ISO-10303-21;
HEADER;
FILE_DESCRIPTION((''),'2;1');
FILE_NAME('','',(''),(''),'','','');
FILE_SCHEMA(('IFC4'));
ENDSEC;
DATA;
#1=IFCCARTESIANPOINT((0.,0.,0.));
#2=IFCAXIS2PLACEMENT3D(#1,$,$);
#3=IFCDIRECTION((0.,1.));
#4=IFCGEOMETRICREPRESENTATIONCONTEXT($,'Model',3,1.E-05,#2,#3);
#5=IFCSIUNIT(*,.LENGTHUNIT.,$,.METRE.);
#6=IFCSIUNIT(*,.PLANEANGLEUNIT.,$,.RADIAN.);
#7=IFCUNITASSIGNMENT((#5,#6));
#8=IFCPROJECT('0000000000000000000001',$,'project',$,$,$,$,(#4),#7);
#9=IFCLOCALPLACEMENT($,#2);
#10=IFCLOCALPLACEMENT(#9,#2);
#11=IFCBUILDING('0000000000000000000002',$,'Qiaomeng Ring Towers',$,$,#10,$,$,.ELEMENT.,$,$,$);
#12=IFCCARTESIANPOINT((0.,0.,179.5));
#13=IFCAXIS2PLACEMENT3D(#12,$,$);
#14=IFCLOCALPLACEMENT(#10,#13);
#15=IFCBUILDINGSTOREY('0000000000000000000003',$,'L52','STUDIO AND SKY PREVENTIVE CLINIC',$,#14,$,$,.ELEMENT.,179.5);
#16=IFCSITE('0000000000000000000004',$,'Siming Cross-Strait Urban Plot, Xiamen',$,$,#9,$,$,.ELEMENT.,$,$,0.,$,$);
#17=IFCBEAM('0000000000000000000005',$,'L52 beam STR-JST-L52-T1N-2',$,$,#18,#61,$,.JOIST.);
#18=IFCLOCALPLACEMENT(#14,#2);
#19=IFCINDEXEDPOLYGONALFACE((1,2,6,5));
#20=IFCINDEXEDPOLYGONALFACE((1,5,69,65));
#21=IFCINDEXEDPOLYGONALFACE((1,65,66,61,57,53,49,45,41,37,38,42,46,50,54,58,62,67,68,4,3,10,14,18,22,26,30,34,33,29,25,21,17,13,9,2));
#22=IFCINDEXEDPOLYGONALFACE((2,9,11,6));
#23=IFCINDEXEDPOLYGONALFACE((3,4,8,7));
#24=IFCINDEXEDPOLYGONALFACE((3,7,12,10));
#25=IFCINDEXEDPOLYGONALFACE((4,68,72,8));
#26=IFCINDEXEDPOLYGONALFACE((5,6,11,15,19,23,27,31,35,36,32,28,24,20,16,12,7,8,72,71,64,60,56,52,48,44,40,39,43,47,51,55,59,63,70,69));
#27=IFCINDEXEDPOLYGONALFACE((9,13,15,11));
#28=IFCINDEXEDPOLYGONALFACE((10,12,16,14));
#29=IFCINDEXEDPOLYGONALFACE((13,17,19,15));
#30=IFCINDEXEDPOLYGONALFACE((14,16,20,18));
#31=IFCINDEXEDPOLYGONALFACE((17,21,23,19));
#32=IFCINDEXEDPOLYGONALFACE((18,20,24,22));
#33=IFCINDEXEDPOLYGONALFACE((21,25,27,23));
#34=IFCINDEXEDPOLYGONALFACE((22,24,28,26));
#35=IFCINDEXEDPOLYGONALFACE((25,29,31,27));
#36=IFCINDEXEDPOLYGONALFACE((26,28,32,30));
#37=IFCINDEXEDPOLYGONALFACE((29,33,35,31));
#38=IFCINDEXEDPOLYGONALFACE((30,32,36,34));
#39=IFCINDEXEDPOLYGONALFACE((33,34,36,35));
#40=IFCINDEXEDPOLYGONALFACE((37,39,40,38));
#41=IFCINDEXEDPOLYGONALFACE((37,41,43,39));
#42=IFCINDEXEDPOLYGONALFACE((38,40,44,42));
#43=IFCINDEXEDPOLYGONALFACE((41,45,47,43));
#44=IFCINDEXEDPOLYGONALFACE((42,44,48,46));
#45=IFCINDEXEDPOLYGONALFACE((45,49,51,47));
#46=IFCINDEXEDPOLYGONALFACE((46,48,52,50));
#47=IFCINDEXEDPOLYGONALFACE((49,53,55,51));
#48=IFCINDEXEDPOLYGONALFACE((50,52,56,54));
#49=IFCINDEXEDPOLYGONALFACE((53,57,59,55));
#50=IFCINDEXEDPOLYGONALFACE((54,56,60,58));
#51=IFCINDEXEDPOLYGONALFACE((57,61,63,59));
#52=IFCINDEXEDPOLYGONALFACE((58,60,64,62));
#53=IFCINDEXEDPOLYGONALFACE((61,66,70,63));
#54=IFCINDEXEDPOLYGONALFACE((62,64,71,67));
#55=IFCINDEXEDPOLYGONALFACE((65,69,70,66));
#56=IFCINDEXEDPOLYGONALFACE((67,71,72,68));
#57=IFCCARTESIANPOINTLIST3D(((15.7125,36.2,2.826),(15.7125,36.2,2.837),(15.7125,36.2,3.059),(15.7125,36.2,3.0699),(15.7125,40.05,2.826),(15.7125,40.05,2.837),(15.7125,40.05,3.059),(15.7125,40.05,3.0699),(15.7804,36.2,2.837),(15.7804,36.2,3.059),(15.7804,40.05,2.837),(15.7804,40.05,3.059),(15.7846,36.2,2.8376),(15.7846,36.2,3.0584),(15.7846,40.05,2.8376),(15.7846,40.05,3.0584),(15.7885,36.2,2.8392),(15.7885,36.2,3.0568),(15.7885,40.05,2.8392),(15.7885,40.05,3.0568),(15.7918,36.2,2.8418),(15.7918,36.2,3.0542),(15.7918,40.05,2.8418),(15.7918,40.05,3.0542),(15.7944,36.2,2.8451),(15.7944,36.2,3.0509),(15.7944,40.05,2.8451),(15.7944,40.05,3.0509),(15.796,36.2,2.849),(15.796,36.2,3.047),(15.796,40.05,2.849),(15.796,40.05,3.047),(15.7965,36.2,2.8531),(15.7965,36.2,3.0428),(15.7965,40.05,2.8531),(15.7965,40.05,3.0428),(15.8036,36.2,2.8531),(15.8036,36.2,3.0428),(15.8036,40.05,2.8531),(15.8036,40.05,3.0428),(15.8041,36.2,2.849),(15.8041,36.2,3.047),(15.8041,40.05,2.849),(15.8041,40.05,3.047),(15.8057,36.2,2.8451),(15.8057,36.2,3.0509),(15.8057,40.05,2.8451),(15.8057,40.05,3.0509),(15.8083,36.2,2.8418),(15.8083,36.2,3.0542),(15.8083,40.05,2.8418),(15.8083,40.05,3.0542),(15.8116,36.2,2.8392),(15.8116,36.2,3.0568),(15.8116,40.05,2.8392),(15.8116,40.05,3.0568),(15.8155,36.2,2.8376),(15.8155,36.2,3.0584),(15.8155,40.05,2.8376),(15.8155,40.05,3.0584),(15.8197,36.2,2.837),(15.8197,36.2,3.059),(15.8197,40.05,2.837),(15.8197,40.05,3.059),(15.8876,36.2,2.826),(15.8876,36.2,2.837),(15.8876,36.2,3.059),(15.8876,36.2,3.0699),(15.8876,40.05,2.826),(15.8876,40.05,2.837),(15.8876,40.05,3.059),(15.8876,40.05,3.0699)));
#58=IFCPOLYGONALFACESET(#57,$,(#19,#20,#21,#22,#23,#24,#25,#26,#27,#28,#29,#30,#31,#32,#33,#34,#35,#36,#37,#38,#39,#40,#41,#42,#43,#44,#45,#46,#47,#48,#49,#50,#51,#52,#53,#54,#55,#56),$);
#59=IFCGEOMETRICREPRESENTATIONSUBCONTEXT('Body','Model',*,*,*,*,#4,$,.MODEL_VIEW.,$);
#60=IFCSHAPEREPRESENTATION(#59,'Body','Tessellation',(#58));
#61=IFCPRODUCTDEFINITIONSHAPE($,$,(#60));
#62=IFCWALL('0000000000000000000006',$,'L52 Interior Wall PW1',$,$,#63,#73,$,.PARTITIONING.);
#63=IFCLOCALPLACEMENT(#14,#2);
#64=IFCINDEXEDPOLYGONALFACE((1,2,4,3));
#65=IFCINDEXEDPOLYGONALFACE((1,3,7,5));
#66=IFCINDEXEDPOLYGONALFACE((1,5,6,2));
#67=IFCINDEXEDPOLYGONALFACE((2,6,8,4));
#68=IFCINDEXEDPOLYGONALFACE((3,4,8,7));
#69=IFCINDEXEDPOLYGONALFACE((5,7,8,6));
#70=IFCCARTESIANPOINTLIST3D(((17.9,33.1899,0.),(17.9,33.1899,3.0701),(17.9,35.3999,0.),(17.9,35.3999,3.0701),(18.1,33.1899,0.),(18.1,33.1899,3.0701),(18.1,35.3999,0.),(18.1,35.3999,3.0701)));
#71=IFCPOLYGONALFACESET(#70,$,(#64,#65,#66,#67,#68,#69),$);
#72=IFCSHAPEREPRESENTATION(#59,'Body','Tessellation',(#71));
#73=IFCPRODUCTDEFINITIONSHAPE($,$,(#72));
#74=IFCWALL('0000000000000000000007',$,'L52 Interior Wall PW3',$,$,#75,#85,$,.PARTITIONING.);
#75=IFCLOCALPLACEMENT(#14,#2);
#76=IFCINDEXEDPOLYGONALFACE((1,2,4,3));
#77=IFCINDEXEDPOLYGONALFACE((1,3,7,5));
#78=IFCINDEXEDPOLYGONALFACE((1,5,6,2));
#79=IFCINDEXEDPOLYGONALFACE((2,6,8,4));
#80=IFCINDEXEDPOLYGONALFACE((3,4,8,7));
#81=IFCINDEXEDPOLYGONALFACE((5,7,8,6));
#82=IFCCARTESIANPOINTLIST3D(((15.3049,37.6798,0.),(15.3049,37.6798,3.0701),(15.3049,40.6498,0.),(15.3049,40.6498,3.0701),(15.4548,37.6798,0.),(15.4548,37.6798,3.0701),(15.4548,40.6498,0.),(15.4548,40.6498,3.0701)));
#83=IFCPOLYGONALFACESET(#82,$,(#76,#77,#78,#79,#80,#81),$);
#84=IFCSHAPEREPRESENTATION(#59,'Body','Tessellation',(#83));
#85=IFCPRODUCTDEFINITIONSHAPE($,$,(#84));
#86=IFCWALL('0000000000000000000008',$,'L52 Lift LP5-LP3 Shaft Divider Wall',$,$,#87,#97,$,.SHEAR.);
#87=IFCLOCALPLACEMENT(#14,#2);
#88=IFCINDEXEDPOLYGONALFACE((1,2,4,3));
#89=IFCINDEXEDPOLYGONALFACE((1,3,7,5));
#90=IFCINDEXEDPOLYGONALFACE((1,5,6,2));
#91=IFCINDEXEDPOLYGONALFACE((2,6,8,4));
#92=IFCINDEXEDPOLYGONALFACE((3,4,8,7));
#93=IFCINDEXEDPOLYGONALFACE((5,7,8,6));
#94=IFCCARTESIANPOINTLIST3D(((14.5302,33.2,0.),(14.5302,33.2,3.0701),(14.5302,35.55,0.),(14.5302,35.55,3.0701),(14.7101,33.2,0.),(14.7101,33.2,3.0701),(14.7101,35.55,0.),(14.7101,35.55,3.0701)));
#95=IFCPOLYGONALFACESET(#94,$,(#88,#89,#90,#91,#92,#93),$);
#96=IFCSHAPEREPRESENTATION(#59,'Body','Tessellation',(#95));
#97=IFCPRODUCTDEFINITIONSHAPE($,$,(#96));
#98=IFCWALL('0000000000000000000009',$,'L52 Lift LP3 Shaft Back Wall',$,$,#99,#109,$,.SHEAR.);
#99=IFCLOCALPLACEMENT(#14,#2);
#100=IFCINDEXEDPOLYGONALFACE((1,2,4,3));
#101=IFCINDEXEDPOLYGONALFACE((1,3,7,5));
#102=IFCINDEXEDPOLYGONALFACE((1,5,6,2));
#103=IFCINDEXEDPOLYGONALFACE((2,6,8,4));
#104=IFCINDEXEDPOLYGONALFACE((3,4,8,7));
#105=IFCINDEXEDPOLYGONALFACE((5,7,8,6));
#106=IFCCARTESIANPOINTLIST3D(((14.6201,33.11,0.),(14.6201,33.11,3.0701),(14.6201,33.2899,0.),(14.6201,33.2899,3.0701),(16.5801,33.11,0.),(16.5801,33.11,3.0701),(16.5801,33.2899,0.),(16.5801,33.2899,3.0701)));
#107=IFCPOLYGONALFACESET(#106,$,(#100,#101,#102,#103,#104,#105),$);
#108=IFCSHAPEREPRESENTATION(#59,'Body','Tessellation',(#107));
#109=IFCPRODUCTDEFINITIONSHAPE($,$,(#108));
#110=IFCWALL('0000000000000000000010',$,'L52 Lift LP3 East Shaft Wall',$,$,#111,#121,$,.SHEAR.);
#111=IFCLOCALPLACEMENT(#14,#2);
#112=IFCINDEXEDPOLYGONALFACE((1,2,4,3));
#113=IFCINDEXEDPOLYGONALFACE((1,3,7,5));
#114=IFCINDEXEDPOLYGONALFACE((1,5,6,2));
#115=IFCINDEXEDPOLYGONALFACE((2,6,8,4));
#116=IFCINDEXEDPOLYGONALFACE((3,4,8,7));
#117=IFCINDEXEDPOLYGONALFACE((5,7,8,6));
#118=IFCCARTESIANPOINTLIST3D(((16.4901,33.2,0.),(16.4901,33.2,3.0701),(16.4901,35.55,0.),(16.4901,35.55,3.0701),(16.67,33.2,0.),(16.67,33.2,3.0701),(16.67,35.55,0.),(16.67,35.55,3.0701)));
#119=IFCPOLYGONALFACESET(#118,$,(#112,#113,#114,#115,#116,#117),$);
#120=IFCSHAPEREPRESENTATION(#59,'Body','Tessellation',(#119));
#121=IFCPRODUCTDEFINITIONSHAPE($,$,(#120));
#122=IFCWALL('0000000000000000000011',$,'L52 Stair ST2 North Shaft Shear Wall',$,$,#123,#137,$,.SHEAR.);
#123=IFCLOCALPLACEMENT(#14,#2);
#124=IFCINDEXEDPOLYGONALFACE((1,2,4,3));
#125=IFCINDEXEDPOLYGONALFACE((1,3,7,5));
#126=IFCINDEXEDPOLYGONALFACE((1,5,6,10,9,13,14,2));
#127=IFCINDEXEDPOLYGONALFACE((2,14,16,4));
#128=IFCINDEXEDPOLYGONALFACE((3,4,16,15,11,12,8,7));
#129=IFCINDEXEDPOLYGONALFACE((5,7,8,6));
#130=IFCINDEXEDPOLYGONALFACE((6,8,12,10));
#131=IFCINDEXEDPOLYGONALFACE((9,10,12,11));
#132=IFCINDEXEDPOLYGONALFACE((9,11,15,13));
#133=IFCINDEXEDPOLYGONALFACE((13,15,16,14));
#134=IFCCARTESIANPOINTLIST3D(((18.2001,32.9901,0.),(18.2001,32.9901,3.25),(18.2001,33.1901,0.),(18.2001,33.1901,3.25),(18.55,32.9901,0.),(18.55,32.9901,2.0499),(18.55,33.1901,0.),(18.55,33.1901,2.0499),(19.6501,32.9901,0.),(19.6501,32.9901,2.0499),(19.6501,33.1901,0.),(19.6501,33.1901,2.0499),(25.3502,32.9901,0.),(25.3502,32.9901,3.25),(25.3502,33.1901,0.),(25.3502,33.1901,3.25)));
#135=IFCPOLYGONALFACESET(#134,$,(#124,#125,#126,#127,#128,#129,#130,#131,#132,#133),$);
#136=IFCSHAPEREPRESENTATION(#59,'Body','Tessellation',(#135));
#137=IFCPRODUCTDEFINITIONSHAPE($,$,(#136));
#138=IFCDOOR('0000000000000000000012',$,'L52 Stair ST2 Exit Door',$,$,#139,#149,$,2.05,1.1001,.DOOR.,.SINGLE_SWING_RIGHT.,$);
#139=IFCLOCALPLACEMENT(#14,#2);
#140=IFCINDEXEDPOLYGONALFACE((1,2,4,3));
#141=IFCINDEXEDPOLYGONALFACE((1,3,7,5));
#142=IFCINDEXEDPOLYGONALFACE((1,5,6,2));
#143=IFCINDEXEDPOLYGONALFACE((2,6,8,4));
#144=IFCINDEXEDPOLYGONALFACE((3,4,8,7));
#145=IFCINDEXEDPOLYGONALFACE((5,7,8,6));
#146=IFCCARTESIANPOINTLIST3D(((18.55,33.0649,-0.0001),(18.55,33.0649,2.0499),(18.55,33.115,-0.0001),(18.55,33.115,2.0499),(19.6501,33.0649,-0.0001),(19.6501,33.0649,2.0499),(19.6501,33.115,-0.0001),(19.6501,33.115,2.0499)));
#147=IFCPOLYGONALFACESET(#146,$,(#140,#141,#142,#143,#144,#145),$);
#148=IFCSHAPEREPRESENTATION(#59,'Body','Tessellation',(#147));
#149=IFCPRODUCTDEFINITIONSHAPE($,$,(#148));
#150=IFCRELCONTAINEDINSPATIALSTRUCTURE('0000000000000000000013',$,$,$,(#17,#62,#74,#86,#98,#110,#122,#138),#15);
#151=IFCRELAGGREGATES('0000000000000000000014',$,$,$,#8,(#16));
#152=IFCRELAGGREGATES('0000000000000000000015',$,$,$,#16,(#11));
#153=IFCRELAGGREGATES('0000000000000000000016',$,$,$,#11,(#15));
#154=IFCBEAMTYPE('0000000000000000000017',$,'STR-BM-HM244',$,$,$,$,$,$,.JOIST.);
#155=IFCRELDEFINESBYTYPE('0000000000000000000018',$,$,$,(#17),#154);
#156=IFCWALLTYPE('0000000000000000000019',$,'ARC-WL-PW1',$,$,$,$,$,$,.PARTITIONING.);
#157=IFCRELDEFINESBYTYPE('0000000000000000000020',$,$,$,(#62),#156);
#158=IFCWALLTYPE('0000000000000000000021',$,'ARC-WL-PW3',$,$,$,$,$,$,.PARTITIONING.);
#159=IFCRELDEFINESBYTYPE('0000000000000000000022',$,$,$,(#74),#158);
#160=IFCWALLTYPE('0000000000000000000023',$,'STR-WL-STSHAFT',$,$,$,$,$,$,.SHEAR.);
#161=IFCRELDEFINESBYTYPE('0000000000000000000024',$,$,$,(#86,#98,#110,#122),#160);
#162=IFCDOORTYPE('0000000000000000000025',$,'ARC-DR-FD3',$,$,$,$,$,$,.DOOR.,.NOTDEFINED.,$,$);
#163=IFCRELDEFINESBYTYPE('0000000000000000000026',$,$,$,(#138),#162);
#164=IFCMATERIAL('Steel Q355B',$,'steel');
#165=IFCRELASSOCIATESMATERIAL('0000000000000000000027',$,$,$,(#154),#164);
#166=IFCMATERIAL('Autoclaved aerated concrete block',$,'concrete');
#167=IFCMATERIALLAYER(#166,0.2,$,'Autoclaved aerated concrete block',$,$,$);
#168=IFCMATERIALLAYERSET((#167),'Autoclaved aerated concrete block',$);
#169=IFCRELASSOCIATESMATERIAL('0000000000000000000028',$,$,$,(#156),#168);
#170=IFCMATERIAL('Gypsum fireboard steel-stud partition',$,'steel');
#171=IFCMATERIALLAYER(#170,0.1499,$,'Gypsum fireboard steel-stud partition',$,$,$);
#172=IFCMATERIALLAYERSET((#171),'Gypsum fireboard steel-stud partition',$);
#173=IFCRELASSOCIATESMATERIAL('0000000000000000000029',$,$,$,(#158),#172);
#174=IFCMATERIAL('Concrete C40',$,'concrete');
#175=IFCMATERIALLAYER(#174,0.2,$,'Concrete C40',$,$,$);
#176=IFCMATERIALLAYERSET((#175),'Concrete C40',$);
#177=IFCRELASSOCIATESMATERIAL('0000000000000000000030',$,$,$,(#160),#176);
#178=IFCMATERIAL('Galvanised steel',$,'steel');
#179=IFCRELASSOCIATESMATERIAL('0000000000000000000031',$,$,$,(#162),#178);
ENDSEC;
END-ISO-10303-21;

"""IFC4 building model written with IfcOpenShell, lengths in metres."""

from ifc_helpers import new_model, si_unit, direction, frame, frame_2d, origin, origin_2d, place, context, subcontext, project, spatial, rectangle, i_section, extrude, source, transform, mapped, material, layer, layer_set, material_profile, profile_set, type_object, element, fill, save


model = new_model("IFC4")

# Units and contexts
model_context = context("Model", 3, precision=1e-05, world=origin(), true_north=direction((0.0, 1.0)))
body_context = subcontext(model_context, "Body", "Model", "MODEL_VIEW")
ifc_project = project(units=[si_unit("LENGTHUNIT", "METRE"), si_unit("PLANEANGLEUNIT", "RADIAN")], contexts=[model_context])

# Site, building, storey
site_placement = place(None, origin())
site = spatial("IfcSite", under=ifc_project, at=site_placement, Name="Siming Cross-Strait Urban Plot, Xiamen", CompositionType="ELEMENT", RefElevation=0.0)
building_placement = place(site_placement, origin())
building = spatial("IfcBuilding", under=site, at=building_placement, Name="Qiaomeng Ring Towers", CompositionType="ELEMENT")
storey_placement = place(building_placement, frame((0.0, 0.0, 179.5)))
storey = spatial("IfcBuildingStorey", under=building, at=storey_placement, Name="L52", Description="STUDIO AND SKY PREVENTIVE CLINIC", CompositionType="ELEMENT", Elevation=179.5)

# Beam
ifc_material_1 = material(Name="Steel Q355B", Category="steel")
ifc_material_profile = material_profile(ifc_material_1, i_section(OverallWidth=0.175, OverallDepth=0.2439, WebThickness=0.0071, FlangeThickness=0.011, FilletRadius=0.0161, at=origin_2d()), Name="HM 244x175x7x11")
ifc_profile_set = profile_set([ifc_material_profile], Name="Steel Q355B")
beam_type = type_object("IfcBeamType", Name="STR-BM-HM244", PredefinedType="JOIST", material=ifc_profile_set)
shared_shape_1 = source(origin(), body_context, "Body", "SweptSolid", [
    extrude(i_section(OverallWidth=0.175, OverallDepth=0.2439, WebThickness=0.0071, FlangeThickness=0.011, FilletRadius=0.0161, at=origin_2d()), origin(), (0.0, 0.0, 1.0), 3.8501),
])
beam_placement = place(storey_placement, frame((15.8, 36.2, 2.948), z_axis=(0.0, 1.0, 0.0), x_axis=(-1.0, 0.0, 0.0)))
element("IfcBeam", 1, at=beam_placement, inside=storey, type_object=beam_type, Name="L52 beam STR-JST-L52-T1N-2", PredefinedType="JOIST", context=body_context, shape_type="MappedRepresentation", body=[
    mapped(shared_shape_1, transform((0.0, 0.0, 0.0), x_axis=(1.0, 0.0, 0.0), y_axis=(0.0, 1.0, 0.0), z_axis=(0.0, 0.0, 1.0), scale=1.0)),
])

# Walls
ifc_material_2 = material(Name="Autoclaved aerated concrete block", Category="concrete")
ifc_layer_1 = layer(ifc_material_2, 0.2, Name="Autoclaved aerated concrete block")
ifc_layer_set_1 = layer_set([ifc_layer_1], Name="Autoclaved aerated concrete block")
wall_type_1 = type_object("IfcWallType", Name="ARC-WL-PW1", PredefinedType="PARTITIONING", material=ifc_layer_set_1)
wall_1_placement = place(storey_placement, frame((18.0, 33.1899, 0.0), z_axis=(0.0, 0.0, 1.0), x_axis=(0.0, 1.0, 0.0)))
element("IfcWall", 2, at=wall_1_placement, inside=storey, type_object=wall_type_1, Name="L52 Interior Wall PW1", PredefinedType="PARTITIONING", context=body_context, shape_type="SweptSolid", body=[
    extrude(rectangle(XDim=2.21, YDim=0.2, at=frame_2d((1.105, 0.0))), origin(), (0.0, 0.0, 1.0), 3.0701),
])
ifc_material_3 = material(Name="Gypsum fireboard steel-stud partition", Category="steel")
ifc_layer_2 = layer(ifc_material_3, 0.1499, Name="Gypsum fireboard steel-stud partition")
ifc_layer_set_2 = layer_set([ifc_layer_2], Name="Gypsum fireboard steel-stud partition")
wall_type_2 = type_object("IfcWallType", Name="ARC-WL-PW3", PredefinedType="PARTITIONING", material=ifc_layer_set_2)
wall_2_placement = place(storey_placement, frame((15.3799, 37.6799, 0.0), z_axis=(0.0, 0.0, 1.0), x_axis=(0.0, 1.0, 0.0)))
element("IfcWall", 3, at=wall_2_placement, inside=storey, type_object=wall_type_2, Name="L52 Interior Wall PW3", PredefinedType="PARTITIONING", context=body_context, shape_type="SweptSolid", body=[
    extrude(rectangle(XDim=2.97, YDim=0.1499, at=frame_2d((1.4849, 0.0))), origin(), (0.0, 0.0, 1.0), 3.0701),
])
ifc_material_4 = material(Name="Concrete C40", Category="concrete")
ifc_layer_3 = layer(ifc_material_4, 0.2, Name="Concrete C40")
ifc_layer_set_3 = layer_set([ifc_layer_3], Name="Concrete C40")
wall_type_3 = type_object("IfcWallType", Name="STR-WL-STSHAFT", PredefinedType="SHEAR", material=ifc_layer_set_3)
wall_3_placement = place(storey_placement, frame((14.6201, 33.2, 0.0), z_axis=(0.0, 0.0, 1.0), x_axis=(0.0, 1.0, 0.0)))
element("IfcWall", 4, at=wall_3_placement, inside=storey, type_object=wall_type_3, Name="L52 Lift LP5-LP3 Shaft Divider Wall", PredefinedType="SHEAR", context=body_context, shape_type="SweptSolid", body=[
    extrude(rectangle(XDim=2.3501, YDim=0.1799, at=frame_2d((1.175, 0.0))), origin(), (0.0, 0.0, 1.0), 3.0701),
])
wall_4_placement = place(storey_placement, frame((14.6201, 33.2, 0.0), z_axis=(0.0, 0.0, 1.0), x_axis=(1.0, 0.0, 0.0)))
element("IfcWall", 5, at=wall_4_placement, inside=storey, type_object=wall_type_3, Name="L52 Lift LP3 Shaft Back Wall", PredefinedType="SHEAR", context=body_context, shape_type="SweptSolid", body=[
    extrude(rectangle(XDim=1.96, YDim=0.1799, at=frame_2d((0.98, 0.0))), origin(), (0.0, 0.0, 1.0), 3.0701),
])
wall_5_placement = place(storey_placement, frame((16.5801, 33.2, 0.0), z_axis=(0.0, 0.0, 1.0), x_axis=(0.0, 1.0, 0.0)))
element("IfcWall", 6, at=wall_5_placement, inside=storey, type_object=wall_type_3, Name="L52 Lift LP3 East Shaft Wall", PredefinedType="SHEAR", context=body_context, shape_type="SweptSolid", body=[
    extrude(rectangle(XDim=2.3501, YDim=0.1799, at=frame_2d((1.175, 0.0))), origin(), (0.0, 0.0, 1.0), 3.0701),
])

# Wall, opening, door
wall_6_placement = place(storey_placement, frame((18.2, 33.0901, 0.0), z_axis=(0.0, 0.0, 1.0), x_axis=(1.0, 0.0, 0.0)))
wall_6 = element("IfcWall", 7, at=wall_6_placement, inside=storey, type_object=wall_type_3, Name="L52 Stair ST2 North Shaft Shear Wall", PredefinedType="SHEAR", context=body_context, shape_type="SweptSolid", body=[
    extrude(rectangle(XDim=7.1501, YDim=0.2, at=frame_2d((3.5752, 0.0))), origin(), (0.0, 0.0, 1.0), 3.25),
])
opening_placement = place(wall_6_placement, frame((0.3501, 0.0, 0.0)))
opening = element("IfcOpeningElement", 8, at=opening_placement, cuts=wall_6, PredefinedType="OPENING", context=body_context, shape_type="SweptSolid", body=[
    extrude(rectangle(XDim=1.1001, YDim=2.05, at=frame_2d((0.55, 1.0249))), frame((0.0, 0.1099, 0.0), z_axis=(0.0, -1.0, 0.0), x_axis=(1.0, 0.0, 0.0)), (0.0, 0.0, 1.0), 0.22),
])
ifc_material_5 = material(Name="Galvanised steel", Category="steel")
door_type = type_object("IfcDoorType", Name="ARC-DR-FD3", OperationType="NOTDEFINED", PredefinedType="DOOR", material=ifc_material_5)
shared_shape_2 = source(origin(), body_context, "Body", "SweptSolid", [
    extrude(rectangle(XDim=1.1001, YDim=2.05, at=frame_2d((0.55, 1.0249))), frame((0.0, 0.0249, 0.0), z_axis=(0.0, -1.0, 0.0), x_axis=(1.0, 0.0, 0.0)), (0.0, 0.0, 1.0), 0.05),
])
door_placement = place(opening_placement, origin())
door = element("IfcDoor", 9, at=door_placement, inside=storey, type_object=door_type, Name="L52 Stair ST2 Exit Door", OperationType="SINGLE_SWING_RIGHT", OverallHeight=2.05, OverallWidth=1.1001, PredefinedType="DOOR", context=body_context, shape_type="MappedRepresentation", body=[
    mapped(shared_shape_2, transform((0.0, 0.0, 0.0), x_axis=(1.0, 0.0, 0.0), y_axis=(0.0, 1.0, 0.0), z_axis=(0.0, 0.0, 1.0), scale=1.0)),
])
fill(opening, door)

save(model, "model.ifc")
